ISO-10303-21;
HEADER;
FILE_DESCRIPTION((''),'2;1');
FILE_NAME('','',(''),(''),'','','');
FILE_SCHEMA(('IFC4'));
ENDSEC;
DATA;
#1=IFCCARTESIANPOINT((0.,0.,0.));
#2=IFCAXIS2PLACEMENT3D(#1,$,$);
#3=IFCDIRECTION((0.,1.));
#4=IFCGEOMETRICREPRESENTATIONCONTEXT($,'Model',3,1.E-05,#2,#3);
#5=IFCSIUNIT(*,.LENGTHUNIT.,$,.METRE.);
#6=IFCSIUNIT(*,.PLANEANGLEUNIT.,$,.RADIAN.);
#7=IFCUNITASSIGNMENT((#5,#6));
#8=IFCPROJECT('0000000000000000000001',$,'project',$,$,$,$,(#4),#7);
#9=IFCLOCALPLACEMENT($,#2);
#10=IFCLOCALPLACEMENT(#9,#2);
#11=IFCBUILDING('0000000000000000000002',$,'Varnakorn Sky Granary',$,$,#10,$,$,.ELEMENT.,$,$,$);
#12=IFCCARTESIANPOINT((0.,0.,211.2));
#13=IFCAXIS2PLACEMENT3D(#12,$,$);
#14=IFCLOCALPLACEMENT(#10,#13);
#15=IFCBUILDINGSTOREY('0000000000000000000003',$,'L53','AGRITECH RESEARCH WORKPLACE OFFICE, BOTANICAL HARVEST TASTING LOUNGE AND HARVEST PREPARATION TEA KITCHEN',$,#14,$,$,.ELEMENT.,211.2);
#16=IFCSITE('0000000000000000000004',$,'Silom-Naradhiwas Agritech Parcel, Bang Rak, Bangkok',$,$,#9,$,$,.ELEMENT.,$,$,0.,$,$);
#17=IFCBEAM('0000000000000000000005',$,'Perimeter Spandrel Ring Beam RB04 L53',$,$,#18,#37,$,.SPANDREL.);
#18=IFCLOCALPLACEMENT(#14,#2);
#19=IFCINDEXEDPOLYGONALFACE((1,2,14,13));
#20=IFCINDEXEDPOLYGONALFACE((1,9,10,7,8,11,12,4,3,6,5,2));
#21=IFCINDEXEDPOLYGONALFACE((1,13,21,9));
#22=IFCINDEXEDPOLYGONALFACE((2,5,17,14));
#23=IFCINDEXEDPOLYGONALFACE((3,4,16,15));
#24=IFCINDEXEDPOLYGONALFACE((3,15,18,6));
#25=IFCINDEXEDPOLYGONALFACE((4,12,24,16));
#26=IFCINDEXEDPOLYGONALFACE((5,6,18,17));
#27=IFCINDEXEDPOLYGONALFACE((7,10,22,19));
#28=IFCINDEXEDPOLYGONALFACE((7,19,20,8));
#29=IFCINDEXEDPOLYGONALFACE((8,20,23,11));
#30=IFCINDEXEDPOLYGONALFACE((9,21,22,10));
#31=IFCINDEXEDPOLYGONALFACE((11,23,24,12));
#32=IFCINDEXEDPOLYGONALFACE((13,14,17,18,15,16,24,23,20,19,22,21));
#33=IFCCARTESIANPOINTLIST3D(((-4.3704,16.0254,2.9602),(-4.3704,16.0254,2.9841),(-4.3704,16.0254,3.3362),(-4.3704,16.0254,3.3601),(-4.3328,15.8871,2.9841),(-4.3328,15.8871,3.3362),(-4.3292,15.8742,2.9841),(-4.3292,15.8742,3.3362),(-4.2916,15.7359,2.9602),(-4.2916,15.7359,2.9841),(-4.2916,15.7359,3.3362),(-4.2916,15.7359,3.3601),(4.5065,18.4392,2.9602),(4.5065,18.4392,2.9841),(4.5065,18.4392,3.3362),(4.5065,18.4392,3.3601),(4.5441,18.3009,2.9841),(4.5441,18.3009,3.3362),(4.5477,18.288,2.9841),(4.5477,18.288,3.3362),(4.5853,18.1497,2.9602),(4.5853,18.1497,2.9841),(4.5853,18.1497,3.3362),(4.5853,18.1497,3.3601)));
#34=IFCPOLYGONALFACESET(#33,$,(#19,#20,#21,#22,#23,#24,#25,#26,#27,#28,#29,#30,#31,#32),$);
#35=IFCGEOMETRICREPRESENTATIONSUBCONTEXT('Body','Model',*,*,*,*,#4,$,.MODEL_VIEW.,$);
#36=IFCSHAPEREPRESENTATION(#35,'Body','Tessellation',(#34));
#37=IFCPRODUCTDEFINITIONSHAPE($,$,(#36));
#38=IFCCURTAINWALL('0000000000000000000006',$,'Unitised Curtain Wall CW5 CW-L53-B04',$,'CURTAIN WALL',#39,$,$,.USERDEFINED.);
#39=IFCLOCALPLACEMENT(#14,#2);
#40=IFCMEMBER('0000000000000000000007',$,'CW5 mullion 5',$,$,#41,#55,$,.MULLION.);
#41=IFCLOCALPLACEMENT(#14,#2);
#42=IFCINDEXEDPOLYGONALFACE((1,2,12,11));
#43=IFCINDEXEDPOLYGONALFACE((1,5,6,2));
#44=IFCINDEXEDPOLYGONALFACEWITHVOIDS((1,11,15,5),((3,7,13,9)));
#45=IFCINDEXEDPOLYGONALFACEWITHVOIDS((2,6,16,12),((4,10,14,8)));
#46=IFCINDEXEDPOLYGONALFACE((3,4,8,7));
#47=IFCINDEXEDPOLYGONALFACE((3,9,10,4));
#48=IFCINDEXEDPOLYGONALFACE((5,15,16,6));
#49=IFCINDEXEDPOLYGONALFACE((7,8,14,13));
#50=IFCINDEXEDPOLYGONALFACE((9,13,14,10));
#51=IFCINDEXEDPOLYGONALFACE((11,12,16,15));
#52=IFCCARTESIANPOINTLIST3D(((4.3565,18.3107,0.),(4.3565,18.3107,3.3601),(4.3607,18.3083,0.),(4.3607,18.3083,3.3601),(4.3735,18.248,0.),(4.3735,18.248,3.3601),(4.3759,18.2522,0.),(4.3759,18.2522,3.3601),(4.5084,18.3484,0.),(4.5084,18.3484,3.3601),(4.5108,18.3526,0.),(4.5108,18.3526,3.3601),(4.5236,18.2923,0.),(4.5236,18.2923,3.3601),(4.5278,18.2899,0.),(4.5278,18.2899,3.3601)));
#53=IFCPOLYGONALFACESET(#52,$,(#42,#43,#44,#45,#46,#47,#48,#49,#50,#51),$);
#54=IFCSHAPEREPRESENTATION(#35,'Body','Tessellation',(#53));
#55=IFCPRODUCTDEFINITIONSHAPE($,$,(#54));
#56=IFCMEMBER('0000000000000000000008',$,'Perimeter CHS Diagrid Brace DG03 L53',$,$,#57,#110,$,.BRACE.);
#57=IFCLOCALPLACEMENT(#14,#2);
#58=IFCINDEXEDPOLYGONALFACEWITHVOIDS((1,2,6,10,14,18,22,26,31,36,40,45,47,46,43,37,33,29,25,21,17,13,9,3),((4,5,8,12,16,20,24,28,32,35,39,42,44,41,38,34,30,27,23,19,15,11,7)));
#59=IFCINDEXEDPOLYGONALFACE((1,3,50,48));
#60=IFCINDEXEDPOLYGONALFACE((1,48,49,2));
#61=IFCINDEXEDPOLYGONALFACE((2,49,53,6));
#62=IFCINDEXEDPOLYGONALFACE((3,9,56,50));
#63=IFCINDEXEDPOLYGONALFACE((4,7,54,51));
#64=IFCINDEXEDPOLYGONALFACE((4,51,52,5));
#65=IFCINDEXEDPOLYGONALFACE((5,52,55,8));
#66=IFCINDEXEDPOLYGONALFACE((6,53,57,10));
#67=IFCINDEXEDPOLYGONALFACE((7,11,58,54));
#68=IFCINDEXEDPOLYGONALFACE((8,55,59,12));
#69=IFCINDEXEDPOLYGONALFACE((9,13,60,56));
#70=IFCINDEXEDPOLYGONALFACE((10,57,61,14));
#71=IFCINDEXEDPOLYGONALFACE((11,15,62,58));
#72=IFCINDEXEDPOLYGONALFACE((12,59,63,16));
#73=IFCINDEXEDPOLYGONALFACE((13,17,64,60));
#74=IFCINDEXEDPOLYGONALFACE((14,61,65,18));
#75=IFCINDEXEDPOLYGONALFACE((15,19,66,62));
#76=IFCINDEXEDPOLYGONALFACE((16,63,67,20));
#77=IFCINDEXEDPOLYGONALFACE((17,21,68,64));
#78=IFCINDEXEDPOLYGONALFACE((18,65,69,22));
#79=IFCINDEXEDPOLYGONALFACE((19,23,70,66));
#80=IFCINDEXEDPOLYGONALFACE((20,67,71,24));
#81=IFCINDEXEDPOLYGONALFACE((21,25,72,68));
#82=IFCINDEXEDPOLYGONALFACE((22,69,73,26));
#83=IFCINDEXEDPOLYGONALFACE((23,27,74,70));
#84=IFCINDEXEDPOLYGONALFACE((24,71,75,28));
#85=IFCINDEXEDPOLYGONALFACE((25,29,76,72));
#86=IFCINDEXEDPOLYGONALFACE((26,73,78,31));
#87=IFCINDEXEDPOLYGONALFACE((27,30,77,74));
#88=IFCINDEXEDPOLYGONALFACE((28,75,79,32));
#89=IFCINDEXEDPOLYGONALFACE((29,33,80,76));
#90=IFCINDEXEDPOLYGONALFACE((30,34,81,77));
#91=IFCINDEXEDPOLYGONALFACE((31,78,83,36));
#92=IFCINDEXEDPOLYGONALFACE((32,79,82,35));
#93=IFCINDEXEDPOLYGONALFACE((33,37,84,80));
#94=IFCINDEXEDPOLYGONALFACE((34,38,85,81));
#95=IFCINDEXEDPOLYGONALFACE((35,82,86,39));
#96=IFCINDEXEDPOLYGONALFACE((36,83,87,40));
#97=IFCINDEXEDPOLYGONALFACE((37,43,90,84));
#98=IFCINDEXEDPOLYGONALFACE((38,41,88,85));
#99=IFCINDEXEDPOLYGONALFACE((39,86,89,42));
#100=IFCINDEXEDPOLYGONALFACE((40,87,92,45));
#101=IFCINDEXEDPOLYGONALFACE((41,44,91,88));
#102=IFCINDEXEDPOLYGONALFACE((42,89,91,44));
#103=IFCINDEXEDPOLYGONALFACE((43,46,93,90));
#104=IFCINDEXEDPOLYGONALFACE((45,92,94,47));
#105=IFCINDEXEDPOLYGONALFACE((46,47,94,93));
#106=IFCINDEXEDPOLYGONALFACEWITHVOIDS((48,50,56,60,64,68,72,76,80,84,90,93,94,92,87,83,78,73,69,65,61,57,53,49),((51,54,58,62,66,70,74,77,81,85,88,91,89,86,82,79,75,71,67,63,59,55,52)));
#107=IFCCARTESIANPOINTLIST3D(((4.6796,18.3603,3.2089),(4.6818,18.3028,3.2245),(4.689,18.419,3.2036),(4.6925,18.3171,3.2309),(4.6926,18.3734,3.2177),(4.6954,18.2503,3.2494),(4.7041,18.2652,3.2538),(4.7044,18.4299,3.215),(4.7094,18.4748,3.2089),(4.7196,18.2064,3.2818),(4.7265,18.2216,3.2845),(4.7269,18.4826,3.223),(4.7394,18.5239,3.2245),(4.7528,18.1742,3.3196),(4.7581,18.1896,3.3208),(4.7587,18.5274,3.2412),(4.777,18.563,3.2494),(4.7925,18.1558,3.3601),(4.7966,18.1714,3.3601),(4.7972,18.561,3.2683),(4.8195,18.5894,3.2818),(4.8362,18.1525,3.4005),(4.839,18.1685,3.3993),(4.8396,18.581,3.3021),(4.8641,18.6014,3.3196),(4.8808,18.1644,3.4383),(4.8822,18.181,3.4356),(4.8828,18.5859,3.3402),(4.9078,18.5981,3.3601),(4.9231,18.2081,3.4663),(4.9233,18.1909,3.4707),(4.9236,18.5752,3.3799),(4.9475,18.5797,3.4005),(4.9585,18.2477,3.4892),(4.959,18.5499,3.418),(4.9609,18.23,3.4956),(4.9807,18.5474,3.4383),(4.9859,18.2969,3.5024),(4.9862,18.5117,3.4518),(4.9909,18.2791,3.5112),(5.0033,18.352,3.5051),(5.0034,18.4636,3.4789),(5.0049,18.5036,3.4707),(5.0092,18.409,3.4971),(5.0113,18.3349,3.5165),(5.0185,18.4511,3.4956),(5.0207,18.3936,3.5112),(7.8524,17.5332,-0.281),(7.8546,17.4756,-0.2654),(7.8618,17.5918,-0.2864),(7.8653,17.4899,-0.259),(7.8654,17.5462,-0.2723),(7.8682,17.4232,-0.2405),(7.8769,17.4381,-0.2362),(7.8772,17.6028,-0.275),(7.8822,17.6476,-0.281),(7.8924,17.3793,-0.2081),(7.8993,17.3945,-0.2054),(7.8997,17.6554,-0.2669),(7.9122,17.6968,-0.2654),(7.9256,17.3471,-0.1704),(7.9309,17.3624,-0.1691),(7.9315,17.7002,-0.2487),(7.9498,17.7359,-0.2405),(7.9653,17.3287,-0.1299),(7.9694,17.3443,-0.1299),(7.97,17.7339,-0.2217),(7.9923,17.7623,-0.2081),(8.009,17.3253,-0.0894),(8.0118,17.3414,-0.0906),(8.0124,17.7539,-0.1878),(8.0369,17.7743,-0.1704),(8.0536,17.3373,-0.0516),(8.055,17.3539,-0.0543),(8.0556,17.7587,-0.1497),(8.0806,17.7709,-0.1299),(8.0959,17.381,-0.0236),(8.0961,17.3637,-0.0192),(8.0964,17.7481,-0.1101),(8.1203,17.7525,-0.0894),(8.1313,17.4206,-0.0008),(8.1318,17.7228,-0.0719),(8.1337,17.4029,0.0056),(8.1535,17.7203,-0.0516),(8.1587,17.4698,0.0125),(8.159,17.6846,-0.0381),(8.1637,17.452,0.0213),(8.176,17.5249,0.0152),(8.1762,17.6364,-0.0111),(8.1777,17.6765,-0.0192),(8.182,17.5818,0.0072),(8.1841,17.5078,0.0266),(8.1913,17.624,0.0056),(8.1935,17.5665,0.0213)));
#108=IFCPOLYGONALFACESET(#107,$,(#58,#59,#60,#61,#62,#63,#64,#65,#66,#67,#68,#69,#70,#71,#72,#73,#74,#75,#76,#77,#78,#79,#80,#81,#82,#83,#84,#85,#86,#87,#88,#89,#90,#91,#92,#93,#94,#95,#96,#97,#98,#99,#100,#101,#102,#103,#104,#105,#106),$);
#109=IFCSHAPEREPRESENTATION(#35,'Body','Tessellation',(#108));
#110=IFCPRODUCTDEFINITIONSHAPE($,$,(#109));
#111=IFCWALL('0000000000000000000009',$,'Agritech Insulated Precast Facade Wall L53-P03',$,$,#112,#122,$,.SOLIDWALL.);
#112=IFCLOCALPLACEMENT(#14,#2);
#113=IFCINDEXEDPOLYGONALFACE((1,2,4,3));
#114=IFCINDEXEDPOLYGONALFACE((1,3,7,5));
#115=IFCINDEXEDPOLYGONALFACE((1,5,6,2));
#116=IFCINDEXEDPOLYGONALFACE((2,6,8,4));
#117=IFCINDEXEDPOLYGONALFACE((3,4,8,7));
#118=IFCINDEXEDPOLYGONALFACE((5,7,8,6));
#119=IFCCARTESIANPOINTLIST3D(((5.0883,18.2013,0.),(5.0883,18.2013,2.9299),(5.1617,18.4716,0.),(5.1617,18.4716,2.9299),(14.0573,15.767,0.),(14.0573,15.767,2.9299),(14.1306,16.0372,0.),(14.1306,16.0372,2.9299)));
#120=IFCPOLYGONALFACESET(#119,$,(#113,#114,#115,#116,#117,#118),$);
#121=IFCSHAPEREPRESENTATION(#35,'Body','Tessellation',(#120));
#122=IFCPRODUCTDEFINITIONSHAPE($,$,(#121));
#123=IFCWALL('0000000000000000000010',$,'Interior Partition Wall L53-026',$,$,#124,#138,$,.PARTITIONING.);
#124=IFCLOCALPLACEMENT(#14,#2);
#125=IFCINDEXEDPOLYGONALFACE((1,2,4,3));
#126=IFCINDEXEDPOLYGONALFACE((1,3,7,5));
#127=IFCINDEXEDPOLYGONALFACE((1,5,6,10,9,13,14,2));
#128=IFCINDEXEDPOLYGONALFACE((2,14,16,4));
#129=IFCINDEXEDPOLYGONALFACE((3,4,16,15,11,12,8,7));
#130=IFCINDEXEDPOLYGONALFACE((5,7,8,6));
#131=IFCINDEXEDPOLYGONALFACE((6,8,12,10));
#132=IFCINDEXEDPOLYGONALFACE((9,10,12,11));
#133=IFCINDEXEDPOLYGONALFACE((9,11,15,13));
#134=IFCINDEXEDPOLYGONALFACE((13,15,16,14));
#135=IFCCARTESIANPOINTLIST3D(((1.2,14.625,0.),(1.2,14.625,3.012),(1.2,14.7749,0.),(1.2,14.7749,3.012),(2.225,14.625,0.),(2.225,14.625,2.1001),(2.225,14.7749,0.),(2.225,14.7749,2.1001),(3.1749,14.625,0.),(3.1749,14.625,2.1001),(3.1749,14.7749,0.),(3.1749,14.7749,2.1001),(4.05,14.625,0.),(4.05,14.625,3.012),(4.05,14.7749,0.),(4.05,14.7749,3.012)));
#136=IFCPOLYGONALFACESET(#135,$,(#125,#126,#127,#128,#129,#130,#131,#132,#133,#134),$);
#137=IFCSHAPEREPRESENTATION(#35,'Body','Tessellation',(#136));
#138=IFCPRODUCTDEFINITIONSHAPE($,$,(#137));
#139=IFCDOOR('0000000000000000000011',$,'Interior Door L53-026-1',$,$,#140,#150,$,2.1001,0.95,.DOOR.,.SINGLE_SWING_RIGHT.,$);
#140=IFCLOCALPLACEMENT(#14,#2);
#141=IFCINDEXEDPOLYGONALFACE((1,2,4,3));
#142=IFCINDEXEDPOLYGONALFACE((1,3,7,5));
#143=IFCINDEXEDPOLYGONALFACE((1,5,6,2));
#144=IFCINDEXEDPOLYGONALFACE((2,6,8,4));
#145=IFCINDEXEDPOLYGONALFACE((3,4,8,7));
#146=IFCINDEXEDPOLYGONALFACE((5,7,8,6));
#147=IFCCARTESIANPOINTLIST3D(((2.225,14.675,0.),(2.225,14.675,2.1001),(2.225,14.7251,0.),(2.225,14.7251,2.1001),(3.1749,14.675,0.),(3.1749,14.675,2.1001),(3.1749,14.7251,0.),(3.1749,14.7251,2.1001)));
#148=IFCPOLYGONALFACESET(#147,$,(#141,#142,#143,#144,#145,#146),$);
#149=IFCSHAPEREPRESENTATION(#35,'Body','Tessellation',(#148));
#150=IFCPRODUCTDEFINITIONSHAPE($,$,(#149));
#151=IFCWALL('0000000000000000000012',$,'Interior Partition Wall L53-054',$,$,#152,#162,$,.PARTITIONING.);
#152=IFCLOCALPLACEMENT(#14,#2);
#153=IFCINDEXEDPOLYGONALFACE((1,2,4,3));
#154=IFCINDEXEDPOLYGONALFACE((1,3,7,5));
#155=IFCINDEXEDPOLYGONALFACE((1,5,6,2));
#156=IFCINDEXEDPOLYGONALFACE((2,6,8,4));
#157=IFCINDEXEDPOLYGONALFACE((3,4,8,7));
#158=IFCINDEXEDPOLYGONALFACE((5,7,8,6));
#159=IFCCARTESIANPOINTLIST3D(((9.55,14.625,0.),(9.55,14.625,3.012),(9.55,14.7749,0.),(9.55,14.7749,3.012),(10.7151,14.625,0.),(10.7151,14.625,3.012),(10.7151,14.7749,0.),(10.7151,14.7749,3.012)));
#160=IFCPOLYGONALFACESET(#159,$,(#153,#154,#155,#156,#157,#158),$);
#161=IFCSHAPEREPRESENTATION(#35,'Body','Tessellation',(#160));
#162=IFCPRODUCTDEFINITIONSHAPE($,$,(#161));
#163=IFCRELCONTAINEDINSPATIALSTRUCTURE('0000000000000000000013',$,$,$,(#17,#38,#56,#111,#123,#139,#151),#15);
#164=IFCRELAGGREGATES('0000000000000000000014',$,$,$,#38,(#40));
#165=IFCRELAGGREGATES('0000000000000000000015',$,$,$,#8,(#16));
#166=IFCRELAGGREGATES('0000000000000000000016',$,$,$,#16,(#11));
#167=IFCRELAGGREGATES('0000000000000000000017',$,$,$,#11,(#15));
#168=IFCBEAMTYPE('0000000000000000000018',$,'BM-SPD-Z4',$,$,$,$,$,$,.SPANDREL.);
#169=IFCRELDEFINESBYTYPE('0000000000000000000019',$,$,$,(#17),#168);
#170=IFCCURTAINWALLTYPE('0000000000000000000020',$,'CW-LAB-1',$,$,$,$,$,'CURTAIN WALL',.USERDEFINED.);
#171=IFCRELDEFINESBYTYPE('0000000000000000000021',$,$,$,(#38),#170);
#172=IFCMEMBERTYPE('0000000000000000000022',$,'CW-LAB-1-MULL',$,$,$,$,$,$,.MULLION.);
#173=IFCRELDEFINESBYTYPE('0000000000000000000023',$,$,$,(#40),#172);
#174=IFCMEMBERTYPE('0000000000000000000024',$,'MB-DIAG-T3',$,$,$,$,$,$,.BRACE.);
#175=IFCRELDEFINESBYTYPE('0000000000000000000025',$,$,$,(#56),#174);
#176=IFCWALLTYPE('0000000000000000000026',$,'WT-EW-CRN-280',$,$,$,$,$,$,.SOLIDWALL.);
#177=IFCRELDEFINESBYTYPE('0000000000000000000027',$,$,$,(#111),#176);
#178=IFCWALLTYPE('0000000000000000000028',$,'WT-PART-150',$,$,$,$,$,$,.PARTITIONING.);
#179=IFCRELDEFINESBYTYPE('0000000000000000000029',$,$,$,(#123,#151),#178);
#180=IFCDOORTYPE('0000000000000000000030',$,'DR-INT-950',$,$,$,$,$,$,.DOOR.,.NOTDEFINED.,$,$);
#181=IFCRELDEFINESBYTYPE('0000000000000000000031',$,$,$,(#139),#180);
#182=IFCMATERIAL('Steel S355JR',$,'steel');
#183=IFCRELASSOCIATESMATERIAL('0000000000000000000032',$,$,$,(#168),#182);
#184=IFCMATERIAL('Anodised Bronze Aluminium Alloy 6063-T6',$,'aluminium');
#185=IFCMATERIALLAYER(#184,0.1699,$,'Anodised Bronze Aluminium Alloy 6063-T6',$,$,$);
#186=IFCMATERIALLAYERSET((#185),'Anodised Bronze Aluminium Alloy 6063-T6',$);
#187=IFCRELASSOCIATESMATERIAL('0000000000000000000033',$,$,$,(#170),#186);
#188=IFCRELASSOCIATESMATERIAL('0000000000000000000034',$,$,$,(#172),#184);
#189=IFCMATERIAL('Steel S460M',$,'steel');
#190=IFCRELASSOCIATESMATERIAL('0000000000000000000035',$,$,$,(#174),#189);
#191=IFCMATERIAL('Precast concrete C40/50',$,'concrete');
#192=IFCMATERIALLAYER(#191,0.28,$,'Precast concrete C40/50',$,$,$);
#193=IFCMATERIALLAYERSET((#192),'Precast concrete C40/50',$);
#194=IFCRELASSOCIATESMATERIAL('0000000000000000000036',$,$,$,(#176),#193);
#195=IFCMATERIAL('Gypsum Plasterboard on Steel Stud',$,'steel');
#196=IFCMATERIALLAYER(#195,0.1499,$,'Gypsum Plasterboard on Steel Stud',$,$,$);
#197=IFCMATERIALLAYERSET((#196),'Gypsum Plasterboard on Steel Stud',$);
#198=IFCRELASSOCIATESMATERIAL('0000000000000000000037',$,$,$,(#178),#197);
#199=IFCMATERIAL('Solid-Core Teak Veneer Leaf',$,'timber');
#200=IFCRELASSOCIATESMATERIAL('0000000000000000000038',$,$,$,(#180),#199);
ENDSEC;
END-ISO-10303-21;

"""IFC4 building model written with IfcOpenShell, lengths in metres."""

from ifc_helpers import new_model, si_unit, direction, frame, frame_2d, origin, origin_2d, place, context, subcontext, project, spatial, rectangle, hollow_rectangle, hollow_circle, i_section, extrude, material, layer, layer_set, material_profile, profile_set, type_object, element, fill, aggregate, save


model = new_model("IFC4")

# Units and contexts
model_context = context("Model", 3, precision=1e-05, world=origin(), true_north=direction((0.0, 1.0)))
body_context = subcontext(model_context, "Body", "Model", "MODEL_VIEW")
ifc_project = project(units=[si_unit("LENGTHUNIT", "METRE"), si_unit("PLANEANGLEUNIT", "RADIAN")], contexts=[model_context])

# Site, building, storey
site_placement = place(None, origin())
site = spatial("IfcSite", under=ifc_project, at=site_placement, Name="Silom-Naradhiwas Agritech Parcel, Bang Rak, Bangkok", CompositionType="ELEMENT", RefElevation=0.0)
building_placement = place(site_placement, origin())
building = spatial("IfcBuilding", under=site, at=building_placement, Name="Varnakorn Sky Granary", CompositionType="ELEMENT")
storey_placement = place(building_placement, frame((0.0, 0.0, 211.2)))
storey = spatial("IfcBuildingStorey", under=building, at=storey_placement, Name="L53", Description="AGRITECH RESEARCH WORKPLACE OFFICE, BOTANICAL HARVEST TASTING LOUNGE AND HARVEST PREPARATION TEA KITCHEN", CompositionType="ELEMENT", Elevation=211.2)

# Shared definitions
ifc_material_1 = material(Name="Steel S460M", Category="steel")

# Beam
ifc_material_2 = material(Name="Steel S355JR", Category="steel")
ifc_material_profile_1 = material_profile(ifc_material_2, i_section(OverallWidth=0.3, OverallDepth=0.3999, WebThickness=0.0134, FlangeThickness=0.0239, at=origin_2d()), Name="HE 400 B")
ifc_profile_set_1 = profile_set([ifc_material_profile_1], Name="Steel S355JR")
beam_type_1 = type_object("IfcBeamType", Name="BM-SPD-Z4", PredefinedType="SPANDREL", material=ifc_profile_set_1)
for number, where, z_axis, x_axis, name in (
    (1, (4.5459, 18.2944, 3.1602), (-0.964961, -0.262392, 0.0), (0.262392, -0.964961, 0.0), "Perimeter Spandrel Ring Beam RB04 L53"),
):
    element("IfcBeam", number, at=place(storey_placement, frame(where, z_axis=z_axis, x_axis=x_axis)), inside=storey, type_object=beam_type_1, Name=name, PredefinedType="SPANDREL", context=body_context, shape_type="SweptSolid", body=[
        extrude(i_section(OverallWidth=0.3, OverallDepth=0.3999, WebThickness=0.0134, FlangeThickness=0.0239, at=origin_2d()), origin(), (0.0, 0.0, 1.0), 9.1992),
    ])

# Curtain wall, member
ifc_material_3 = material(Name="Anodised Bronze Aluminium Alloy 6063-T6", Category="aluminium")
ifc_layer_1 = layer(ifc_material_3, 0.1699, Name="Anodised Bronze Aluminium Alloy 6063-T6")
ifc_layer_set_1 = layer_set([ifc_layer_1], Name="Anodised Bronze Aluminium Alloy 6063-T6")
curtain_wall_type = type_object("IfcCurtainWallType", Name="CW-LAB-1", ElementType="CURTAIN WALL", PredefinedType="USERDEFINED", material=ifc_layer_set_1)
curtain_wall_placement = place(storey_placement, origin())
curtain_wall = element("IfcCurtainWall", 2, at=curtain_wall_placement, inside=storey, type_object=curtain_wall_type, Name="Unitised Curtain Wall CW5 CW-L53-B04", ObjectType="CURTAIN WALL", PredefinedType="USERDEFINED")
ifc_material_profile_2 = material_profile(ifc_material_3, hollow_rectangle(XDim=0.0649, YDim=0.1599, WallThickness=0.0034, at=origin_2d()), Name="ALU MULL 65x160")
ifc_profile_set_2 = profile_set([ifc_material_profile_2], Name="Anodised Bronze Aluminium Alloy 6063-T6")
member_type_1 = type_object("IfcMemberType", Name="CW-LAB-1-MULL", PredefinedType="MULLION", material=ifc_profile_set_2)
member_1_placement = place(storey_placement, frame((4.4421, 18.3003, 0.0), z_axis=(0.0, 0.0, 1.0), x_axis=(-0.26192, 0.96509, 0.0)))
member_1 = element("IfcMember", 3, at=member_1_placement, type_object=member_type_1, Name="CW5 mullion 5", PredefinedType="MULLION", context=body_context, shape_type="SweptSolid", body=[
    extrude(hollow_rectangle(XDim=0.0649, YDim=0.1599, WallThickness=0.0034, at=origin_2d()), origin(), (0.0, 0.0, 1.0), 3.3601),
])
aggregate(curtain_wall, [member_1])

# Member
ifc_material_profile_3 = material_profile(ifc_material_1, hollow_circle(Radius=0.2285, WallThickness=0.0161, at=origin_2d()), Name="CHS 457x16")
ifc_profile_set_3 = profile_set([ifc_material_profile_3], Name="Steel S460M")
member_type_2 = type_object("IfcMemberType", Name="MB-DIAG-T3", PredefinedType="BRACE", material=ifc_profile_set_3)
member_2_placement = place(storey_placement, frame((8.0229, 17.5498, -0.1299), z_axis=(-0.662577, 0.172731, 0.728804), x_axis=(-0.252264, -0.967658, 0.0)))
element("IfcMember", 4, at=member_2_placement, inside=storey, type_object=member_type_2, Name="Perimeter CHS Diagrid Brace DG03 L53", PredefinedType="BRACE", context=body_context, shape_type="SweptSolid", body=[
    extrude(hollow_circle(Radius=0.2285, WallThickness=0.0161, at=origin_2d()), origin(), (0.0, 0.0, 1.0), 4.7886),
])

# Wall
ifc_material_4 = material(Name="Precast concrete C40/50", Category="concrete")
ifc_layer_2 = layer(ifc_material_4, 0.28, Name="Precast concrete C40/50")
ifc_layer_set_2 = layer_set([ifc_layer_2], Name="Precast concrete C40/50")
wall_type_1 = type_object("IfcWallType", Name="WT-EW-CRN-280", PredefinedType="SOLIDWALL", material=ifc_layer_set_2)
wall_1_placement = place(storey_placement, frame((5.125, 18.3364, 0.0), z_axis=(0.0, 0.0, 1.0), x_axis=(0.965084, -0.261939, 0.0)))
element("IfcWall", 5, at=wall_1_placement, inside=storey, type_object=wall_type_1, Name="Agritech Insulated Precast Facade Wall L53-P03", PredefinedType="SOLIDWALL", context=body_context, shape_type="SweptSolid", body=[
    extrude(rectangle(XDim=9.2935, YDim=0.28, at=frame_2d((4.6467, 0.0))), origin(), (0.0, 0.0, 1.0), 2.9299),
])

# Wall, opening, door
ifc_material_5 = material(Name="Gypsum Plasterboard on Steel Stud", Category="steel")
ifc_layer_3 = layer(ifc_material_5, 0.1499, Name="Gypsum Plasterboard on Steel Stud")
ifc_layer_set_3 = layer_set([ifc_layer_3], Name="Gypsum Plasterboard on Steel Stud")
wall_type_2 = type_object("IfcWallType", Name="WT-PART-150", PredefinedType="PARTITIONING", material=ifc_layer_set_3)
wall_2_placement = place(storey_placement, frame((4.05, 14.7, 0.0), z_axis=(0.0, 0.0, 1.0), x_axis=(-1.0, 0.0, 0.0)))
wall_2 = element("IfcWall", 6, at=wall_2_placement, inside=storey, type_object=wall_type_2, Name="Interior Partition Wall L53-026", PredefinedType="PARTITIONING", context=body_context, shape_type="SweptSolid", body=[
    extrude(rectangle(XDim=2.8501, YDim=0.1499, at=frame_2d((1.425, 0.0))), origin(), (0.0, 0.0, 1.0), 3.012),
])
opening_1_placement = place(wall_2_placement, frame((0.875, 0.0, 0.0)))
opening_1 = element("IfcOpeningElement", 7, at=opening_1_placement, cuts=wall_2, PredefinedType="OPENING", context=body_context, shape_type="SweptSolid", body=[
    extrude(rectangle(XDim=0.95, YDim=2.1001, at=frame_2d((0.4751, 1.05))), frame((0.0, 0.085, 0.0), z_axis=(0.0, -1.0, 0.0), x_axis=(1.0, 0.0, 0.0)), (0.0, 0.0, 1.0), 0.1699),
])
ifc_material_6 = material(Name="Solid-Core Teak Veneer Leaf", Category="timber")
door_type = type_object("IfcDoorType", Name="DR-INT-950", OperationType="NOTDEFINED", PredefinedType="DOOR", material=ifc_material_6)
door_1_placement = place(opening_1_placement, origin())
door_1 = element("IfcDoor", 8, at=door_1_placement, inside=storey, type_object=door_type, Name="Interior Door L53-026-1", OperationType="SINGLE_SWING_RIGHT", OverallHeight=2.1001, OverallWidth=0.95, PredefinedType="DOOR", context=body_context, shape_type="SweptSolid", body=[
    extrude(rectangle(XDim=0.95, YDim=2.1001, at=frame_2d((0.4751, 1.05))), frame((0.0, 0.0249, 0.0), z_axis=(0.0, -1.0, 0.0), x_axis=(1.0, 0.0, 0.0)), (0.0, 0.0, 1.0), 0.05),
])
fill(opening_1, door_1)

# Wall
wall_3_placement = place(storey_placement, frame((10.7151, 14.7, 0.0), z_axis=(0.0, 0.0, 1.0), x_axis=(-1.0, 0.0, 0.0)))
element("IfcWall", 9, at=wall_3_placement, inside=storey, type_object=wall_type_2, Name="Interior Partition Wall L53-054", PredefinedType="PARTITIONING", context=body_context, shape_type="SweptSolid", body=[
    extrude(rectangle(XDim=1.165, YDim=0.1499, at=frame_2d((0.5825, 0.0))), origin(), (0.0, 0.0, 1.0), 3.012),
])

save(model, "model.ifc")
